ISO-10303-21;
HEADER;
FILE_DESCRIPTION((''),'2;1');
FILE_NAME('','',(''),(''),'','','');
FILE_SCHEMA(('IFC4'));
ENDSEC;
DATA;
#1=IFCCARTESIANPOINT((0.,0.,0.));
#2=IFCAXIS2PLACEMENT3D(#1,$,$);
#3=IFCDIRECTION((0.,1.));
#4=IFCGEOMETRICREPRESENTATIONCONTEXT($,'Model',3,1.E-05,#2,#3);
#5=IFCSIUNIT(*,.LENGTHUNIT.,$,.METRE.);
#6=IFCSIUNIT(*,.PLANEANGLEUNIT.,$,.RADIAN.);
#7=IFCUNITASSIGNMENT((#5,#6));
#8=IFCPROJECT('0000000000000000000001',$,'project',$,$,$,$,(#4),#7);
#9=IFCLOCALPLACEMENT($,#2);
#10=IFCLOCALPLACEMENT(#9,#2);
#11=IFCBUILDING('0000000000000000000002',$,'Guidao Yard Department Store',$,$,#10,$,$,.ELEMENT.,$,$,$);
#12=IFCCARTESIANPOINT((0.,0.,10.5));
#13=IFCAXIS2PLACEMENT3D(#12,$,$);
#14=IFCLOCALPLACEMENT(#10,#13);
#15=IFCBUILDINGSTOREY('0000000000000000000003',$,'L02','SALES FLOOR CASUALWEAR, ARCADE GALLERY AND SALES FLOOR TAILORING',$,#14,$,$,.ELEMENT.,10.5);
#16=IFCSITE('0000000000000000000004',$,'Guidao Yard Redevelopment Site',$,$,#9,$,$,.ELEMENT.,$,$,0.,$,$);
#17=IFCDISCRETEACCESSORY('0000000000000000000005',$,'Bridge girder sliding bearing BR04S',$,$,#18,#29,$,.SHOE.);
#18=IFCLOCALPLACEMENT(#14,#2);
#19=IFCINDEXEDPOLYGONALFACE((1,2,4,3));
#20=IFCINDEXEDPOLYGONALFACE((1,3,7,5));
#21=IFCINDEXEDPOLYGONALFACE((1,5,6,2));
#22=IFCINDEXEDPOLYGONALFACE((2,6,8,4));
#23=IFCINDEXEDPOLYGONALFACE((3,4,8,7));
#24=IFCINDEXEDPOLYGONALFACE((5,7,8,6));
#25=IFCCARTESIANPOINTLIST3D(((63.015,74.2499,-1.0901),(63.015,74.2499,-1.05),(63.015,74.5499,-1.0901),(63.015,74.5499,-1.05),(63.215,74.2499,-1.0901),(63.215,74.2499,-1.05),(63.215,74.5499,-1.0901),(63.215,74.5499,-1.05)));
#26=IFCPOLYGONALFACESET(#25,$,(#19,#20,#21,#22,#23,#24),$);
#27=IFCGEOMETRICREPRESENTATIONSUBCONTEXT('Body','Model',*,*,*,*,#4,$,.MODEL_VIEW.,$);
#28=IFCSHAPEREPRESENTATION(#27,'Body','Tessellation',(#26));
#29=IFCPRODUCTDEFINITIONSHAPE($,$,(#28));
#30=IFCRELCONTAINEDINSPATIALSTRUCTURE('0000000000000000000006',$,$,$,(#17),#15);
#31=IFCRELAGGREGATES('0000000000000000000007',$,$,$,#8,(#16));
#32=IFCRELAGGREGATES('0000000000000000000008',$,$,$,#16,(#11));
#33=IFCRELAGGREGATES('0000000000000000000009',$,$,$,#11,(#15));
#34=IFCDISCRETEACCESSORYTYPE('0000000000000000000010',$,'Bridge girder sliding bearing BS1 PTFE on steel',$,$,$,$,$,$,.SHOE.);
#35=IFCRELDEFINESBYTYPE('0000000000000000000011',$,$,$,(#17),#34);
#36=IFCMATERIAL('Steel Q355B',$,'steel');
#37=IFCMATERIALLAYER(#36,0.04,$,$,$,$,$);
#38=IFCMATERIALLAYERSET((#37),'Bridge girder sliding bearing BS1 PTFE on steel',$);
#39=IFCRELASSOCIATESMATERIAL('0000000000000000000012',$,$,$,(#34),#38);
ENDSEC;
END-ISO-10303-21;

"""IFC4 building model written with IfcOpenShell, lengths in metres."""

from ifc_helpers import new_model, si_unit, direction, frame, origin, origin_2d, place, context, subcontext, project, spatial, rectangle, extrude, material, layer, layer_set, type_object, element, save


model = new_model("IFC4")

# Units and contexts
model_context = context("Model", 3, precision=1e-05, world=origin(), true_north=direction((0.0, 1.0)))
body_context = subcontext(model_context, "Body", "Model", "MODEL_VIEW")
ifc_project = project(units=[si_unit("LENGTHUNIT", "METRE"), si_unit("PLANEANGLEUNIT", "RADIAN")], contexts=[model_context])

# Site, building, storey
site_placement = place(None, origin())
site = spatial("IfcSite", under=ifc_project, at=site_placement, Name="Guidao Yard Redevelopment Site", CompositionType="ELEMENT", RefElevation=0.0)
building_placement = place(site_placement, origin())
building = spatial("IfcBuilding", under=site, at=building_placement, Name="Guidao Yard Department Store", CompositionType="ELEMENT")
storey_placement = place(building_placement, frame((0.0, 0.0, 10.5)))
storey = spatial("IfcBuildingStorey", under=building, at=storey_placement, Name="L02", Description="SALES FLOOR CASUALWEAR, ARCADE GALLERY AND SALES FLOOR TAILORING", CompositionType="ELEMENT", Elevation=10.5)

# Discrete accessory
ifc_material_1 = material(Name="Steel Q355B", Category="steel")
ifc_layer_1 = layer(ifc_material_1, 0.04)
ifc_layer_set_1 = layer_set([ifc_layer_1], Name="Bridge girder sliding bearing BS1 PTFE on steel")
discrete_accessory_type_1 = type_object("IfcDiscreteAccessoryType", Name="Bridge girder sliding bearing BS1 PTFE on steel", PredefinedType="SHOE", material=ifc_layer_set_1)
discrete_accessory_1_placement = place(storey_placement, frame((63.115, 74.3999, -1.0901), z_axis=(0.0, 0.0, 1.0), x_axis=(1.0, 0.0, 0.0)))
element("IfcDiscreteAccessory", 1, at=discrete_accessory_1_placement, inside=storey, type_object=discrete_accessory_type_1, Name="Bridge girder sliding bearing BR04S", PredefinedType="SHOE", context=body_context, shape_type="SweptSolid", body=[
    extrude(rectangle(XDim=0.2, YDim=0.3, at=origin_2d()), origin(), (0.0, 0.0, 1.0), 0.04),
])

save(model, "model.ifc")
